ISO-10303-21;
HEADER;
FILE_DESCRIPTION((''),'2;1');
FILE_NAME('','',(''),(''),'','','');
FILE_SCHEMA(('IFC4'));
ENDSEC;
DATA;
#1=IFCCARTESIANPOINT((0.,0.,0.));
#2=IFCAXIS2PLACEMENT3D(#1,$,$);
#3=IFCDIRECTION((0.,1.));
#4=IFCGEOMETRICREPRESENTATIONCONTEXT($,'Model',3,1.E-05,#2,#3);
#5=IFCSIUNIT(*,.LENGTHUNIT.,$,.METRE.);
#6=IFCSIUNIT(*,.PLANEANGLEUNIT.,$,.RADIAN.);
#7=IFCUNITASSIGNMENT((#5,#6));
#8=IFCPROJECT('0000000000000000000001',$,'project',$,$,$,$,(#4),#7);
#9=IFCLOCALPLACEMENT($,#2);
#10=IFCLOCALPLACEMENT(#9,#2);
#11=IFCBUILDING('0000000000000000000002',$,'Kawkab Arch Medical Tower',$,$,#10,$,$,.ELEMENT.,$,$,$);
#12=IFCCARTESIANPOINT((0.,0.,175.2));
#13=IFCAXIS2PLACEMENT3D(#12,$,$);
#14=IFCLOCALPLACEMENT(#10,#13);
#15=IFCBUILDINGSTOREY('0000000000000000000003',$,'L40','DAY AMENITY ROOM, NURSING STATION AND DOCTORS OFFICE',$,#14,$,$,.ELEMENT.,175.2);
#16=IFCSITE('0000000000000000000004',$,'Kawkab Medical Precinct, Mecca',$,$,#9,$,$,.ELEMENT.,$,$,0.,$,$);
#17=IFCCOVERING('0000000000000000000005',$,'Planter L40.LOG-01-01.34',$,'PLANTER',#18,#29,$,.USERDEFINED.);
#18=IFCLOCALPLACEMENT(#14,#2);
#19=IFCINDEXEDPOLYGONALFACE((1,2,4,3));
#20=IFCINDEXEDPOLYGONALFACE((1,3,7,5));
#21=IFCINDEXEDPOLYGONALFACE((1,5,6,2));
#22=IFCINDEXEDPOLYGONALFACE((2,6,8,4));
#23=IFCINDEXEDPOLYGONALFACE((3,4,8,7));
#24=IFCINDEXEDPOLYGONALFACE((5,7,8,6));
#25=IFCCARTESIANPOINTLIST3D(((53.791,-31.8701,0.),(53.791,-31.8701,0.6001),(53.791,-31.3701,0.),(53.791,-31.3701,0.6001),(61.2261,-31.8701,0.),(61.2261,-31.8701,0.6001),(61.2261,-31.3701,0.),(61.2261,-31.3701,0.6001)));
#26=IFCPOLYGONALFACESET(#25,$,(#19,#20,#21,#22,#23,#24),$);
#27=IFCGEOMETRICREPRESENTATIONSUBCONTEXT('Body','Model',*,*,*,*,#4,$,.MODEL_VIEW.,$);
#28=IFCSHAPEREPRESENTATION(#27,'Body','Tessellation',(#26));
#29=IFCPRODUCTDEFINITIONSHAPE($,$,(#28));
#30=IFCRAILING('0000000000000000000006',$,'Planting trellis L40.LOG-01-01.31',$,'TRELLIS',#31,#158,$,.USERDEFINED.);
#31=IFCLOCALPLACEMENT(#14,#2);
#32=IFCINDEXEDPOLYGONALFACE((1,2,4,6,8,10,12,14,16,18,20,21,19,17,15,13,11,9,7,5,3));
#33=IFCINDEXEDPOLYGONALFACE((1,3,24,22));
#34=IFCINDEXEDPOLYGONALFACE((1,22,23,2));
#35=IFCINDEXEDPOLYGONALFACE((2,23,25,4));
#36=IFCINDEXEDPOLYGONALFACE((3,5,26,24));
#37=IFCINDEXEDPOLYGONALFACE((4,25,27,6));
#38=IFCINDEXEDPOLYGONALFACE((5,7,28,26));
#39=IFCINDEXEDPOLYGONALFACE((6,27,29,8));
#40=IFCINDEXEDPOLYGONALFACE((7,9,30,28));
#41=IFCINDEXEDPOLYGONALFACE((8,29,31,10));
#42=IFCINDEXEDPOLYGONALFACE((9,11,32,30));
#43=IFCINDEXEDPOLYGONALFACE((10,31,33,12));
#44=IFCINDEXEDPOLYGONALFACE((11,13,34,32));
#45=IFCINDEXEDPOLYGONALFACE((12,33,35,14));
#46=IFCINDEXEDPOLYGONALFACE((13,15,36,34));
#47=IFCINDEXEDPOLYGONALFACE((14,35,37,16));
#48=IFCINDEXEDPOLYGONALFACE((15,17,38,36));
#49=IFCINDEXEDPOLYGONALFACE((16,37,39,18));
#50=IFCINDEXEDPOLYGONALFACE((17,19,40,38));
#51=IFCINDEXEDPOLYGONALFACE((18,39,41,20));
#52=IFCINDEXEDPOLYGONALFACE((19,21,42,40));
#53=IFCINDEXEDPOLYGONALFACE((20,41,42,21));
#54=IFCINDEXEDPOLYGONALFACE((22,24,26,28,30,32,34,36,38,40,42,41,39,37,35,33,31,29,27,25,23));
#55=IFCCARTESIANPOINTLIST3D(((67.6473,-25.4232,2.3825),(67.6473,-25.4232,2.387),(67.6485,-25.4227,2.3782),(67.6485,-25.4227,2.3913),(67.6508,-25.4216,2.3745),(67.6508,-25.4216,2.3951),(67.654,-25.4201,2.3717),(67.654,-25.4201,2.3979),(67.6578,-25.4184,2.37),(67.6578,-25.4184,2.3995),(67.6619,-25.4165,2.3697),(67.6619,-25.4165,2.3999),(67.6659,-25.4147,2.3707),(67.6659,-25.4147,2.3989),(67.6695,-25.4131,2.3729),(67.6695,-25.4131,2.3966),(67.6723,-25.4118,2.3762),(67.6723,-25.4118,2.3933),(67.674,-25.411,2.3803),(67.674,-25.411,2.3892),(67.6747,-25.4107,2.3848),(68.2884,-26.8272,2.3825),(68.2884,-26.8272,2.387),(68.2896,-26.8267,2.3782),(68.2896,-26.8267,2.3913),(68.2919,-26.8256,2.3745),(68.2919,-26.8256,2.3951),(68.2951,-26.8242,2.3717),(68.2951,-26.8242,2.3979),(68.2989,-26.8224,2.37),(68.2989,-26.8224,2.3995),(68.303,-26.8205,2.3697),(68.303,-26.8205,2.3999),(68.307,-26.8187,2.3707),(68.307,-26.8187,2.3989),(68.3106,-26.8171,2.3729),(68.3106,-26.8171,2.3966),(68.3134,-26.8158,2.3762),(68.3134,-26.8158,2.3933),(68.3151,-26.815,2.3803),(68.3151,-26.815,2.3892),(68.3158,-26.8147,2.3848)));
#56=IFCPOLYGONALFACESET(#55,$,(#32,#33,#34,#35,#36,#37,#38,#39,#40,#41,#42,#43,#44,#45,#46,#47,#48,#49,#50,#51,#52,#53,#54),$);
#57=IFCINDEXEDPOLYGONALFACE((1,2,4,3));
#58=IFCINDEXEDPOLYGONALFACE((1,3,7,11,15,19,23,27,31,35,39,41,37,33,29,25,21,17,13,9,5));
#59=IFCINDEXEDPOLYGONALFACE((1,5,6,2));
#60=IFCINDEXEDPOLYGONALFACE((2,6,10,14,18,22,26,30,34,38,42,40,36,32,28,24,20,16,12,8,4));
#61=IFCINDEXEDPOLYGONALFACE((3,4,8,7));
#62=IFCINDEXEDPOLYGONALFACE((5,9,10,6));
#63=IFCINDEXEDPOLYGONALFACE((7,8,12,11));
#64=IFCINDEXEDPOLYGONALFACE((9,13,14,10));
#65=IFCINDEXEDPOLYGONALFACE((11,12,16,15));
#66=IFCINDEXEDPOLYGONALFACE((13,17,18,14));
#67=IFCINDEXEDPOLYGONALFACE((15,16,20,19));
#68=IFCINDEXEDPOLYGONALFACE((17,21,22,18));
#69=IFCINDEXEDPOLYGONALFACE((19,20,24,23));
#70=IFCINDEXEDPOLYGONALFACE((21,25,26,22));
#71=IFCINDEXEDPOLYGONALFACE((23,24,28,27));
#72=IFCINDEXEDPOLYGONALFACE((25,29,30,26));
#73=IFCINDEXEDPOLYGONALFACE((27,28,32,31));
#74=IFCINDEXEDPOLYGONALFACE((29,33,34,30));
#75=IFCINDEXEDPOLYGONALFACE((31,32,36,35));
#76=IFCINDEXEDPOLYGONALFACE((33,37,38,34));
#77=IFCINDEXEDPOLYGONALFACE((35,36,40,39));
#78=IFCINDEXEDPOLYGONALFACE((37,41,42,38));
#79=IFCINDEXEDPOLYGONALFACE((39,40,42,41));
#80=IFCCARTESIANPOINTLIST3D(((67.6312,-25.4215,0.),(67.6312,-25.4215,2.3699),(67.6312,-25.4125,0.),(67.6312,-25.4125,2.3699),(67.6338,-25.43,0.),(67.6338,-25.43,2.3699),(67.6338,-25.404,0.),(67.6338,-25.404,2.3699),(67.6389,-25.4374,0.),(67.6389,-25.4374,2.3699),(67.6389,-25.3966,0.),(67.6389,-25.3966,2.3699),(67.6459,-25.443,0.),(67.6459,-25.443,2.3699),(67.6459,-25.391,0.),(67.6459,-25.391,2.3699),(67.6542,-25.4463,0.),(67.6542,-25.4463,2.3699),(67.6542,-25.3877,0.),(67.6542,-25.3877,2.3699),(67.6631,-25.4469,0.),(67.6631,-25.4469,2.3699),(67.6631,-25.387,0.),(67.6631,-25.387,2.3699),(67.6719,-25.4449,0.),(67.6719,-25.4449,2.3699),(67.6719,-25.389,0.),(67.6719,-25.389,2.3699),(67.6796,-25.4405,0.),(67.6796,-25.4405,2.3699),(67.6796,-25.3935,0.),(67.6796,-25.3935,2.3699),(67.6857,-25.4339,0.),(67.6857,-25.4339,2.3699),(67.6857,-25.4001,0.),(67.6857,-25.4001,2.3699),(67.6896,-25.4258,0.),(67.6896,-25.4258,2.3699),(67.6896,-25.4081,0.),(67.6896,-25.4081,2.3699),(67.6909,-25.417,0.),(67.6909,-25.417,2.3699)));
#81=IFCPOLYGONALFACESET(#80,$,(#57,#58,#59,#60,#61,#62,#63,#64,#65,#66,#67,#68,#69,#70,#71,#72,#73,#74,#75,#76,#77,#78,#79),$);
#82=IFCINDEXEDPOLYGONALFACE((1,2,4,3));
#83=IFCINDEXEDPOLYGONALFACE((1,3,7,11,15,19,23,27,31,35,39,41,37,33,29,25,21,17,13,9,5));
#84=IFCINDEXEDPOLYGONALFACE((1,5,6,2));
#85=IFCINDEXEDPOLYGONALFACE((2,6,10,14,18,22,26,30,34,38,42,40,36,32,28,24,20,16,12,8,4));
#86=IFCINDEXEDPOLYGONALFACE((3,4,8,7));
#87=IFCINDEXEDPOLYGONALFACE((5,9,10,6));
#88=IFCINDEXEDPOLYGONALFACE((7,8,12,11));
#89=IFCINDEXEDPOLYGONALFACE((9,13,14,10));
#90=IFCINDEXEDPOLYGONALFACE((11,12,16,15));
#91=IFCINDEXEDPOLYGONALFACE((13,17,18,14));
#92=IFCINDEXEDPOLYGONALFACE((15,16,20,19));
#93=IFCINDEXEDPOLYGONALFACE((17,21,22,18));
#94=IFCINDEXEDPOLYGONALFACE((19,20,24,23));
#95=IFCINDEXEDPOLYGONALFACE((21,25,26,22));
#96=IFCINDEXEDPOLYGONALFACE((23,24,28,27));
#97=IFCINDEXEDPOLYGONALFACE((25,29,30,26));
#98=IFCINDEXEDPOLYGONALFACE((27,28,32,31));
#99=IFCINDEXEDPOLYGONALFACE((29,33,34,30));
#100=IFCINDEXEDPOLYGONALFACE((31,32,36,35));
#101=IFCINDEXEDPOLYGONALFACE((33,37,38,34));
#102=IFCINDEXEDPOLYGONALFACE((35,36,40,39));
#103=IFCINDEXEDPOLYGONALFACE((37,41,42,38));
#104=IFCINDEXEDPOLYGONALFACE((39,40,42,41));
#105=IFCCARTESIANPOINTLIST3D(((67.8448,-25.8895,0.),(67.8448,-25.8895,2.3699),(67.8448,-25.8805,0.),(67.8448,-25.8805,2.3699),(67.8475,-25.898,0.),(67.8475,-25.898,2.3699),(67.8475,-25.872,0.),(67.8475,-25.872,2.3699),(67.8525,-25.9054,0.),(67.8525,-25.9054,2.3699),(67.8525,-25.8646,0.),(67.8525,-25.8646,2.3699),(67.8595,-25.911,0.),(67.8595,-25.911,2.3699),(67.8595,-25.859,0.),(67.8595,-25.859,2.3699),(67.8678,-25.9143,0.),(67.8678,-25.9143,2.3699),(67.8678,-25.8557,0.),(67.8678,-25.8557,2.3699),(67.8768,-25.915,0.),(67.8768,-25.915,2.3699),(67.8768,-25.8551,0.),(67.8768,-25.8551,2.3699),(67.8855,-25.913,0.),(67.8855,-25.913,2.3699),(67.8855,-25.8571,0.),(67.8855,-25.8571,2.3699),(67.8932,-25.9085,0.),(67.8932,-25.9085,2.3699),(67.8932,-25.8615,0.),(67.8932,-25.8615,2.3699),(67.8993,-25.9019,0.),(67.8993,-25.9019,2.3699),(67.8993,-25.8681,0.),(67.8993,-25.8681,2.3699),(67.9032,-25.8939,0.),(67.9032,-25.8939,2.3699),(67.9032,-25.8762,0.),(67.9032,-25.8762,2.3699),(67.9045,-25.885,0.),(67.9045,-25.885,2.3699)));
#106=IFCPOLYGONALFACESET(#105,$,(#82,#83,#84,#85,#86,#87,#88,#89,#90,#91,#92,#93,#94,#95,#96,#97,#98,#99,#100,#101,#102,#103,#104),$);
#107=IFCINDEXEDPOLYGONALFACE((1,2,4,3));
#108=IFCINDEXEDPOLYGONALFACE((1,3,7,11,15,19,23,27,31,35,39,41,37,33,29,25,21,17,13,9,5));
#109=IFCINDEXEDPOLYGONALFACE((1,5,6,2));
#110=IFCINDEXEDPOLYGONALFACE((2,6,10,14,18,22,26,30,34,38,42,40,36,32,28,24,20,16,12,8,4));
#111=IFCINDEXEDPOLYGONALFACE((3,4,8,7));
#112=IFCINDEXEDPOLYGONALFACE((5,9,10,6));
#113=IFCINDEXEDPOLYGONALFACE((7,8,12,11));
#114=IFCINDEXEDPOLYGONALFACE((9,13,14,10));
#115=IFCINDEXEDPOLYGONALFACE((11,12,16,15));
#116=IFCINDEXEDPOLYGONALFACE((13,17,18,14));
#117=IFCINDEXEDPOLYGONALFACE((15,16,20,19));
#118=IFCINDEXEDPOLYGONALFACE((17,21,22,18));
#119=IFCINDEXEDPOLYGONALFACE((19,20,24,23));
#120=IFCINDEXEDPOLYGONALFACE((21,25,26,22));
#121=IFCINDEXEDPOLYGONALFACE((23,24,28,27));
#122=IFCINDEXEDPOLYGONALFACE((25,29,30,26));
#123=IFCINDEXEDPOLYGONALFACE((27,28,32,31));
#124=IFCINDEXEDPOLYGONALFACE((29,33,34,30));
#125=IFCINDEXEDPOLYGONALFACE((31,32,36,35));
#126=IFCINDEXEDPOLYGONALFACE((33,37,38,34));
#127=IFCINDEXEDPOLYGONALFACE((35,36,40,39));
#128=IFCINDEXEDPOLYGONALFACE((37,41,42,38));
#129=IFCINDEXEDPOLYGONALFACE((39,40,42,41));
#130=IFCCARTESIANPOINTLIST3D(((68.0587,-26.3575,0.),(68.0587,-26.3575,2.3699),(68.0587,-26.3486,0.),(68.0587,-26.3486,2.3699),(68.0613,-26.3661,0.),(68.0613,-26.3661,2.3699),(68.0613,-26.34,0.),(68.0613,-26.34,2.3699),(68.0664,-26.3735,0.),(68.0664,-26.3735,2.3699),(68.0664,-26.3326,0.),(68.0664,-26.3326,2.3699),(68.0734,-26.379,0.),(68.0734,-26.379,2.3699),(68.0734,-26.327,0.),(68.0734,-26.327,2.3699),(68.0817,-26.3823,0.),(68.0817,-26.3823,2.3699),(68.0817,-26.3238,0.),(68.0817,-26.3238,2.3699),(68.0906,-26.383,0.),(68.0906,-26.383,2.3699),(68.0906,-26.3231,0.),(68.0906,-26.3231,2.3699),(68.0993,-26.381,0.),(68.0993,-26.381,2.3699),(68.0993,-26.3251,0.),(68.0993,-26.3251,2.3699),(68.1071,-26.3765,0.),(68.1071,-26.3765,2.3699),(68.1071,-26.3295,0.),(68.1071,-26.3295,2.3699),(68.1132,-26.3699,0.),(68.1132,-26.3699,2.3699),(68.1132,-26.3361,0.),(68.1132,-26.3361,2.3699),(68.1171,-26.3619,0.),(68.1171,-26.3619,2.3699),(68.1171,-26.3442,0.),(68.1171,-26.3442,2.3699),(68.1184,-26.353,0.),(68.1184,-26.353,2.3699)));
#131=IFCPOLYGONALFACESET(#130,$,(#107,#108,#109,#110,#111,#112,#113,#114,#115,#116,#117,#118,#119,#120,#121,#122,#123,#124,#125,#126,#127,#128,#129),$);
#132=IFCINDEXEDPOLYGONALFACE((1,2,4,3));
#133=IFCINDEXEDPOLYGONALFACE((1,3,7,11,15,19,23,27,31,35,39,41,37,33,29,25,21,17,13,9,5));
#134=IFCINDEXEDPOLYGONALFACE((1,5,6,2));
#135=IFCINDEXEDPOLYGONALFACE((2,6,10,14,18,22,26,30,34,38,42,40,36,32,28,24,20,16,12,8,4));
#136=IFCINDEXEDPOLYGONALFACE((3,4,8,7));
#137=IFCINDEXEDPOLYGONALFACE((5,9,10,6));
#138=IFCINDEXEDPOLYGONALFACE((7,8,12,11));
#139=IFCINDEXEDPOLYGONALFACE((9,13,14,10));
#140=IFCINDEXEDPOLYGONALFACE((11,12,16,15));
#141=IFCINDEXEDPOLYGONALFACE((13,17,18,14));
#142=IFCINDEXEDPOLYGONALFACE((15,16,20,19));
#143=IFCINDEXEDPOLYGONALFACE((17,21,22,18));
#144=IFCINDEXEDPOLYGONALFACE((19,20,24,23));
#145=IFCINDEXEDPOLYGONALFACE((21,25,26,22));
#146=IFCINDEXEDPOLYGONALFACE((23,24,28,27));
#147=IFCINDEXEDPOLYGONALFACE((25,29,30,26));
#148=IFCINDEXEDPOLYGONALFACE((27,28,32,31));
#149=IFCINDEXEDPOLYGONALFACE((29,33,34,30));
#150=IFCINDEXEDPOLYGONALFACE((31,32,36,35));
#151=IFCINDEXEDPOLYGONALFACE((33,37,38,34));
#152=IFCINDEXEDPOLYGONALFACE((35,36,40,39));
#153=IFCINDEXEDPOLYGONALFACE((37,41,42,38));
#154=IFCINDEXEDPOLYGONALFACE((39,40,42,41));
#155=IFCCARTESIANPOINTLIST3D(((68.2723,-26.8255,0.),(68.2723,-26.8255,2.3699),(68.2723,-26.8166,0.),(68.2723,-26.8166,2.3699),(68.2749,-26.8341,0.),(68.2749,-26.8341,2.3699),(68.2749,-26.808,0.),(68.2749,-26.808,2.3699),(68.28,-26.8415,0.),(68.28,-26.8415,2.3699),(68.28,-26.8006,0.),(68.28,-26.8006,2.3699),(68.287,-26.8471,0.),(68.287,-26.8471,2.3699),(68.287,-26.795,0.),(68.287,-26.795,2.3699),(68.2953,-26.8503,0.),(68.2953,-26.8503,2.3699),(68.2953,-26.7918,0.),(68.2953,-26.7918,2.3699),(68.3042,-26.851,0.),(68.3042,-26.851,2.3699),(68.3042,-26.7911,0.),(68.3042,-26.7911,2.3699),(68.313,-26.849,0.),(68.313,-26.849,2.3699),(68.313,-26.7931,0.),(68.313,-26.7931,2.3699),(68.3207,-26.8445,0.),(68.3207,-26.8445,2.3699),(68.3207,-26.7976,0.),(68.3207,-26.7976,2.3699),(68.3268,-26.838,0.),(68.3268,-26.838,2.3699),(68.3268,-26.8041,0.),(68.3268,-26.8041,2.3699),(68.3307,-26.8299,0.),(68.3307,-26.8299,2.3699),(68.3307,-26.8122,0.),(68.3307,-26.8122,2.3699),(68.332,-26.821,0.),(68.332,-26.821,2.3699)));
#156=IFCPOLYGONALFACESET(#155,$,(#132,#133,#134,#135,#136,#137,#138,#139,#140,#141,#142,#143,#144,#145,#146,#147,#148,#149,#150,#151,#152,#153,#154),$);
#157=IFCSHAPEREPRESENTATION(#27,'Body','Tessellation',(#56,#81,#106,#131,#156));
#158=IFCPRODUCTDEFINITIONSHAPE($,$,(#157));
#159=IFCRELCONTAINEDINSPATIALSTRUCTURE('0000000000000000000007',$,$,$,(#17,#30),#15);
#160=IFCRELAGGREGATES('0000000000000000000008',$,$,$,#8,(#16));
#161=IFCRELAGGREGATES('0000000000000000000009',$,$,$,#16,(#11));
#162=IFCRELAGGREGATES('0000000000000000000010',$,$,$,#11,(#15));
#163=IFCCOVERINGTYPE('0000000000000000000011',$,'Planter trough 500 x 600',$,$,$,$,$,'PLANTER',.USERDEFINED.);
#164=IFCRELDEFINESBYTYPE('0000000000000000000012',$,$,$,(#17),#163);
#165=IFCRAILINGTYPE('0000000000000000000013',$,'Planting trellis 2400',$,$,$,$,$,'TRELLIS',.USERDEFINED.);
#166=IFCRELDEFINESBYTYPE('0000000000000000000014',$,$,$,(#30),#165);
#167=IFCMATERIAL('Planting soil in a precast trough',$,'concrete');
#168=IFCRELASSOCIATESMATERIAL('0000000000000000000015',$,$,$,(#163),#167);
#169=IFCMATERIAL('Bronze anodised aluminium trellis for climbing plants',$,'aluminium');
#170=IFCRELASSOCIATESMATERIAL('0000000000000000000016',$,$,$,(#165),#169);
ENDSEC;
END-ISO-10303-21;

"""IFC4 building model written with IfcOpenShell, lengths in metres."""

from ifc_helpers import new_model, si_unit, direction, frame, origin, origin_2d, place, context, subcontext, project, spatial, rectangle, circle, extrude, material, material_profile, profile_set, type_object, element, save


model = new_model("IFC4")

# Units and contexts
model_context = context("Model", 3, precision=1e-05, world=origin(), true_north=direction((0.0, 1.0)))
body_context = subcontext(model_context, "Body", "Model", "MODEL_VIEW")
ifc_project = project(units=[si_unit("LENGTHUNIT", "METRE"), si_unit("PLANEANGLEUNIT", "RADIAN")], contexts=[model_context])

# Site, building, storey
site_placement = place(None, origin())
site = spatial("IfcSite", under=ifc_project, at=site_placement, Name="Kawkab Medical Precinct, Mecca", CompositionType="ELEMENT", RefElevation=0.0)
building_placement = place(site_placement, origin())
building = spatial("IfcBuilding", under=site, at=building_placement, Name="Kawkab Arch Medical Tower", CompositionType="ELEMENT")
storey_placement = place(building_placement, frame((0.0, 0.0, 175.2)))
storey = spatial("IfcBuildingStorey", under=building, at=storey_placement, Name="L40", Description="DAY AMENITY ROOM, NURSING STATION AND DOCTORS OFFICE", CompositionType="ELEMENT", Elevation=175.2)

# Covering
ifc_material_1 = material(Name="Planting soil in a precast trough", Category="concrete")
ifc_material_profile_1 = material_profile(ifc_material_1, rectangle(XDim=0.5, YDim=0.6001, at=origin_2d()), Name="Trough 500x600")
ifc_profile_set_1 = profile_set([ifc_material_profile_1], Name="Planting soil in a precast trough")
covering_type_1 = type_object("IfcCoveringType", Name="Planter trough 500 x 600", ElementType="PLANTER", PredefinedType="USERDEFINED", material=ifc_profile_set_1)
covering_1_placement = place(storey_placement, frame((61.2261, -31.6201, 0.3), z_axis=(-1.0, 0.0, 0.0), x_axis=(0.0, -1.0, 0.0)))
element("IfcCovering", 1, at=covering_1_placement, inside=storey, type_object=covering_type_1, Name="Planter L40.LOG-01-01.34", ObjectType="PLANTER", PredefinedType="USERDEFINED", context=body_context, shape_type="SweptSolid", body=[
    extrude(rectangle(XDim=0.5, YDim=0.6001, at=origin_2d()), origin(), (0.0, 0.0, 1.0), 7.4351),
])

# Railing
ifc_material_2 = material(Name="Bronze anodised aluminium trellis for climbing plants", Category="aluminium")
railing_type = type_object("IfcRailingType", Name="Planting trellis 2400", ElementType="TRELLIS", PredefinedType="USERDEFINED", material=ifc_material_2)
railing_1_placement = place(storey_placement, frame((67.6609, -25.417, 0.0)))
element("IfcRailing", 2, at=railing_1_placement, inside=storey, type_object=railing_type, Name="Planting trellis L40.LOG-01-01.31", ObjectType="TRELLIS", PredefinedType="USERDEFINED", context=body_context, shape_type="SweptSolid", body=[
    extrude(circle(Radius=0.0151, at=origin_2d()), frame((0.0, 0.0, 2.3848), z_axis=(0.415363, -0.909656, 0.0), x_axis=(0.909656, 0.415363, 0.0)), (0.0, 0.0, 1.0), 1.5435),
    extrude(circle(Radius=0.03, at=origin_2d()), origin(), (0.0, 0.0, 1.0), 2.3699),
    extrude(circle(Radius=0.03, at=origin_2d()), frame((0.2136, -0.468, 0.0)), (0.0, 0.0, 1.0), 2.3699),
    extrude(circle(Radius=0.03, at=origin_2d()), frame((0.4275, -0.936, 0.0)), (0.0, 0.0, 1.0), 2.3699),
    extrude(circle(Radius=0.03, at=origin_2d()), frame((0.6411, -1.4041, 0.0)), (0.0, 0.0, 1.0), 2.3699),
])

save(model, "model.ifc")
